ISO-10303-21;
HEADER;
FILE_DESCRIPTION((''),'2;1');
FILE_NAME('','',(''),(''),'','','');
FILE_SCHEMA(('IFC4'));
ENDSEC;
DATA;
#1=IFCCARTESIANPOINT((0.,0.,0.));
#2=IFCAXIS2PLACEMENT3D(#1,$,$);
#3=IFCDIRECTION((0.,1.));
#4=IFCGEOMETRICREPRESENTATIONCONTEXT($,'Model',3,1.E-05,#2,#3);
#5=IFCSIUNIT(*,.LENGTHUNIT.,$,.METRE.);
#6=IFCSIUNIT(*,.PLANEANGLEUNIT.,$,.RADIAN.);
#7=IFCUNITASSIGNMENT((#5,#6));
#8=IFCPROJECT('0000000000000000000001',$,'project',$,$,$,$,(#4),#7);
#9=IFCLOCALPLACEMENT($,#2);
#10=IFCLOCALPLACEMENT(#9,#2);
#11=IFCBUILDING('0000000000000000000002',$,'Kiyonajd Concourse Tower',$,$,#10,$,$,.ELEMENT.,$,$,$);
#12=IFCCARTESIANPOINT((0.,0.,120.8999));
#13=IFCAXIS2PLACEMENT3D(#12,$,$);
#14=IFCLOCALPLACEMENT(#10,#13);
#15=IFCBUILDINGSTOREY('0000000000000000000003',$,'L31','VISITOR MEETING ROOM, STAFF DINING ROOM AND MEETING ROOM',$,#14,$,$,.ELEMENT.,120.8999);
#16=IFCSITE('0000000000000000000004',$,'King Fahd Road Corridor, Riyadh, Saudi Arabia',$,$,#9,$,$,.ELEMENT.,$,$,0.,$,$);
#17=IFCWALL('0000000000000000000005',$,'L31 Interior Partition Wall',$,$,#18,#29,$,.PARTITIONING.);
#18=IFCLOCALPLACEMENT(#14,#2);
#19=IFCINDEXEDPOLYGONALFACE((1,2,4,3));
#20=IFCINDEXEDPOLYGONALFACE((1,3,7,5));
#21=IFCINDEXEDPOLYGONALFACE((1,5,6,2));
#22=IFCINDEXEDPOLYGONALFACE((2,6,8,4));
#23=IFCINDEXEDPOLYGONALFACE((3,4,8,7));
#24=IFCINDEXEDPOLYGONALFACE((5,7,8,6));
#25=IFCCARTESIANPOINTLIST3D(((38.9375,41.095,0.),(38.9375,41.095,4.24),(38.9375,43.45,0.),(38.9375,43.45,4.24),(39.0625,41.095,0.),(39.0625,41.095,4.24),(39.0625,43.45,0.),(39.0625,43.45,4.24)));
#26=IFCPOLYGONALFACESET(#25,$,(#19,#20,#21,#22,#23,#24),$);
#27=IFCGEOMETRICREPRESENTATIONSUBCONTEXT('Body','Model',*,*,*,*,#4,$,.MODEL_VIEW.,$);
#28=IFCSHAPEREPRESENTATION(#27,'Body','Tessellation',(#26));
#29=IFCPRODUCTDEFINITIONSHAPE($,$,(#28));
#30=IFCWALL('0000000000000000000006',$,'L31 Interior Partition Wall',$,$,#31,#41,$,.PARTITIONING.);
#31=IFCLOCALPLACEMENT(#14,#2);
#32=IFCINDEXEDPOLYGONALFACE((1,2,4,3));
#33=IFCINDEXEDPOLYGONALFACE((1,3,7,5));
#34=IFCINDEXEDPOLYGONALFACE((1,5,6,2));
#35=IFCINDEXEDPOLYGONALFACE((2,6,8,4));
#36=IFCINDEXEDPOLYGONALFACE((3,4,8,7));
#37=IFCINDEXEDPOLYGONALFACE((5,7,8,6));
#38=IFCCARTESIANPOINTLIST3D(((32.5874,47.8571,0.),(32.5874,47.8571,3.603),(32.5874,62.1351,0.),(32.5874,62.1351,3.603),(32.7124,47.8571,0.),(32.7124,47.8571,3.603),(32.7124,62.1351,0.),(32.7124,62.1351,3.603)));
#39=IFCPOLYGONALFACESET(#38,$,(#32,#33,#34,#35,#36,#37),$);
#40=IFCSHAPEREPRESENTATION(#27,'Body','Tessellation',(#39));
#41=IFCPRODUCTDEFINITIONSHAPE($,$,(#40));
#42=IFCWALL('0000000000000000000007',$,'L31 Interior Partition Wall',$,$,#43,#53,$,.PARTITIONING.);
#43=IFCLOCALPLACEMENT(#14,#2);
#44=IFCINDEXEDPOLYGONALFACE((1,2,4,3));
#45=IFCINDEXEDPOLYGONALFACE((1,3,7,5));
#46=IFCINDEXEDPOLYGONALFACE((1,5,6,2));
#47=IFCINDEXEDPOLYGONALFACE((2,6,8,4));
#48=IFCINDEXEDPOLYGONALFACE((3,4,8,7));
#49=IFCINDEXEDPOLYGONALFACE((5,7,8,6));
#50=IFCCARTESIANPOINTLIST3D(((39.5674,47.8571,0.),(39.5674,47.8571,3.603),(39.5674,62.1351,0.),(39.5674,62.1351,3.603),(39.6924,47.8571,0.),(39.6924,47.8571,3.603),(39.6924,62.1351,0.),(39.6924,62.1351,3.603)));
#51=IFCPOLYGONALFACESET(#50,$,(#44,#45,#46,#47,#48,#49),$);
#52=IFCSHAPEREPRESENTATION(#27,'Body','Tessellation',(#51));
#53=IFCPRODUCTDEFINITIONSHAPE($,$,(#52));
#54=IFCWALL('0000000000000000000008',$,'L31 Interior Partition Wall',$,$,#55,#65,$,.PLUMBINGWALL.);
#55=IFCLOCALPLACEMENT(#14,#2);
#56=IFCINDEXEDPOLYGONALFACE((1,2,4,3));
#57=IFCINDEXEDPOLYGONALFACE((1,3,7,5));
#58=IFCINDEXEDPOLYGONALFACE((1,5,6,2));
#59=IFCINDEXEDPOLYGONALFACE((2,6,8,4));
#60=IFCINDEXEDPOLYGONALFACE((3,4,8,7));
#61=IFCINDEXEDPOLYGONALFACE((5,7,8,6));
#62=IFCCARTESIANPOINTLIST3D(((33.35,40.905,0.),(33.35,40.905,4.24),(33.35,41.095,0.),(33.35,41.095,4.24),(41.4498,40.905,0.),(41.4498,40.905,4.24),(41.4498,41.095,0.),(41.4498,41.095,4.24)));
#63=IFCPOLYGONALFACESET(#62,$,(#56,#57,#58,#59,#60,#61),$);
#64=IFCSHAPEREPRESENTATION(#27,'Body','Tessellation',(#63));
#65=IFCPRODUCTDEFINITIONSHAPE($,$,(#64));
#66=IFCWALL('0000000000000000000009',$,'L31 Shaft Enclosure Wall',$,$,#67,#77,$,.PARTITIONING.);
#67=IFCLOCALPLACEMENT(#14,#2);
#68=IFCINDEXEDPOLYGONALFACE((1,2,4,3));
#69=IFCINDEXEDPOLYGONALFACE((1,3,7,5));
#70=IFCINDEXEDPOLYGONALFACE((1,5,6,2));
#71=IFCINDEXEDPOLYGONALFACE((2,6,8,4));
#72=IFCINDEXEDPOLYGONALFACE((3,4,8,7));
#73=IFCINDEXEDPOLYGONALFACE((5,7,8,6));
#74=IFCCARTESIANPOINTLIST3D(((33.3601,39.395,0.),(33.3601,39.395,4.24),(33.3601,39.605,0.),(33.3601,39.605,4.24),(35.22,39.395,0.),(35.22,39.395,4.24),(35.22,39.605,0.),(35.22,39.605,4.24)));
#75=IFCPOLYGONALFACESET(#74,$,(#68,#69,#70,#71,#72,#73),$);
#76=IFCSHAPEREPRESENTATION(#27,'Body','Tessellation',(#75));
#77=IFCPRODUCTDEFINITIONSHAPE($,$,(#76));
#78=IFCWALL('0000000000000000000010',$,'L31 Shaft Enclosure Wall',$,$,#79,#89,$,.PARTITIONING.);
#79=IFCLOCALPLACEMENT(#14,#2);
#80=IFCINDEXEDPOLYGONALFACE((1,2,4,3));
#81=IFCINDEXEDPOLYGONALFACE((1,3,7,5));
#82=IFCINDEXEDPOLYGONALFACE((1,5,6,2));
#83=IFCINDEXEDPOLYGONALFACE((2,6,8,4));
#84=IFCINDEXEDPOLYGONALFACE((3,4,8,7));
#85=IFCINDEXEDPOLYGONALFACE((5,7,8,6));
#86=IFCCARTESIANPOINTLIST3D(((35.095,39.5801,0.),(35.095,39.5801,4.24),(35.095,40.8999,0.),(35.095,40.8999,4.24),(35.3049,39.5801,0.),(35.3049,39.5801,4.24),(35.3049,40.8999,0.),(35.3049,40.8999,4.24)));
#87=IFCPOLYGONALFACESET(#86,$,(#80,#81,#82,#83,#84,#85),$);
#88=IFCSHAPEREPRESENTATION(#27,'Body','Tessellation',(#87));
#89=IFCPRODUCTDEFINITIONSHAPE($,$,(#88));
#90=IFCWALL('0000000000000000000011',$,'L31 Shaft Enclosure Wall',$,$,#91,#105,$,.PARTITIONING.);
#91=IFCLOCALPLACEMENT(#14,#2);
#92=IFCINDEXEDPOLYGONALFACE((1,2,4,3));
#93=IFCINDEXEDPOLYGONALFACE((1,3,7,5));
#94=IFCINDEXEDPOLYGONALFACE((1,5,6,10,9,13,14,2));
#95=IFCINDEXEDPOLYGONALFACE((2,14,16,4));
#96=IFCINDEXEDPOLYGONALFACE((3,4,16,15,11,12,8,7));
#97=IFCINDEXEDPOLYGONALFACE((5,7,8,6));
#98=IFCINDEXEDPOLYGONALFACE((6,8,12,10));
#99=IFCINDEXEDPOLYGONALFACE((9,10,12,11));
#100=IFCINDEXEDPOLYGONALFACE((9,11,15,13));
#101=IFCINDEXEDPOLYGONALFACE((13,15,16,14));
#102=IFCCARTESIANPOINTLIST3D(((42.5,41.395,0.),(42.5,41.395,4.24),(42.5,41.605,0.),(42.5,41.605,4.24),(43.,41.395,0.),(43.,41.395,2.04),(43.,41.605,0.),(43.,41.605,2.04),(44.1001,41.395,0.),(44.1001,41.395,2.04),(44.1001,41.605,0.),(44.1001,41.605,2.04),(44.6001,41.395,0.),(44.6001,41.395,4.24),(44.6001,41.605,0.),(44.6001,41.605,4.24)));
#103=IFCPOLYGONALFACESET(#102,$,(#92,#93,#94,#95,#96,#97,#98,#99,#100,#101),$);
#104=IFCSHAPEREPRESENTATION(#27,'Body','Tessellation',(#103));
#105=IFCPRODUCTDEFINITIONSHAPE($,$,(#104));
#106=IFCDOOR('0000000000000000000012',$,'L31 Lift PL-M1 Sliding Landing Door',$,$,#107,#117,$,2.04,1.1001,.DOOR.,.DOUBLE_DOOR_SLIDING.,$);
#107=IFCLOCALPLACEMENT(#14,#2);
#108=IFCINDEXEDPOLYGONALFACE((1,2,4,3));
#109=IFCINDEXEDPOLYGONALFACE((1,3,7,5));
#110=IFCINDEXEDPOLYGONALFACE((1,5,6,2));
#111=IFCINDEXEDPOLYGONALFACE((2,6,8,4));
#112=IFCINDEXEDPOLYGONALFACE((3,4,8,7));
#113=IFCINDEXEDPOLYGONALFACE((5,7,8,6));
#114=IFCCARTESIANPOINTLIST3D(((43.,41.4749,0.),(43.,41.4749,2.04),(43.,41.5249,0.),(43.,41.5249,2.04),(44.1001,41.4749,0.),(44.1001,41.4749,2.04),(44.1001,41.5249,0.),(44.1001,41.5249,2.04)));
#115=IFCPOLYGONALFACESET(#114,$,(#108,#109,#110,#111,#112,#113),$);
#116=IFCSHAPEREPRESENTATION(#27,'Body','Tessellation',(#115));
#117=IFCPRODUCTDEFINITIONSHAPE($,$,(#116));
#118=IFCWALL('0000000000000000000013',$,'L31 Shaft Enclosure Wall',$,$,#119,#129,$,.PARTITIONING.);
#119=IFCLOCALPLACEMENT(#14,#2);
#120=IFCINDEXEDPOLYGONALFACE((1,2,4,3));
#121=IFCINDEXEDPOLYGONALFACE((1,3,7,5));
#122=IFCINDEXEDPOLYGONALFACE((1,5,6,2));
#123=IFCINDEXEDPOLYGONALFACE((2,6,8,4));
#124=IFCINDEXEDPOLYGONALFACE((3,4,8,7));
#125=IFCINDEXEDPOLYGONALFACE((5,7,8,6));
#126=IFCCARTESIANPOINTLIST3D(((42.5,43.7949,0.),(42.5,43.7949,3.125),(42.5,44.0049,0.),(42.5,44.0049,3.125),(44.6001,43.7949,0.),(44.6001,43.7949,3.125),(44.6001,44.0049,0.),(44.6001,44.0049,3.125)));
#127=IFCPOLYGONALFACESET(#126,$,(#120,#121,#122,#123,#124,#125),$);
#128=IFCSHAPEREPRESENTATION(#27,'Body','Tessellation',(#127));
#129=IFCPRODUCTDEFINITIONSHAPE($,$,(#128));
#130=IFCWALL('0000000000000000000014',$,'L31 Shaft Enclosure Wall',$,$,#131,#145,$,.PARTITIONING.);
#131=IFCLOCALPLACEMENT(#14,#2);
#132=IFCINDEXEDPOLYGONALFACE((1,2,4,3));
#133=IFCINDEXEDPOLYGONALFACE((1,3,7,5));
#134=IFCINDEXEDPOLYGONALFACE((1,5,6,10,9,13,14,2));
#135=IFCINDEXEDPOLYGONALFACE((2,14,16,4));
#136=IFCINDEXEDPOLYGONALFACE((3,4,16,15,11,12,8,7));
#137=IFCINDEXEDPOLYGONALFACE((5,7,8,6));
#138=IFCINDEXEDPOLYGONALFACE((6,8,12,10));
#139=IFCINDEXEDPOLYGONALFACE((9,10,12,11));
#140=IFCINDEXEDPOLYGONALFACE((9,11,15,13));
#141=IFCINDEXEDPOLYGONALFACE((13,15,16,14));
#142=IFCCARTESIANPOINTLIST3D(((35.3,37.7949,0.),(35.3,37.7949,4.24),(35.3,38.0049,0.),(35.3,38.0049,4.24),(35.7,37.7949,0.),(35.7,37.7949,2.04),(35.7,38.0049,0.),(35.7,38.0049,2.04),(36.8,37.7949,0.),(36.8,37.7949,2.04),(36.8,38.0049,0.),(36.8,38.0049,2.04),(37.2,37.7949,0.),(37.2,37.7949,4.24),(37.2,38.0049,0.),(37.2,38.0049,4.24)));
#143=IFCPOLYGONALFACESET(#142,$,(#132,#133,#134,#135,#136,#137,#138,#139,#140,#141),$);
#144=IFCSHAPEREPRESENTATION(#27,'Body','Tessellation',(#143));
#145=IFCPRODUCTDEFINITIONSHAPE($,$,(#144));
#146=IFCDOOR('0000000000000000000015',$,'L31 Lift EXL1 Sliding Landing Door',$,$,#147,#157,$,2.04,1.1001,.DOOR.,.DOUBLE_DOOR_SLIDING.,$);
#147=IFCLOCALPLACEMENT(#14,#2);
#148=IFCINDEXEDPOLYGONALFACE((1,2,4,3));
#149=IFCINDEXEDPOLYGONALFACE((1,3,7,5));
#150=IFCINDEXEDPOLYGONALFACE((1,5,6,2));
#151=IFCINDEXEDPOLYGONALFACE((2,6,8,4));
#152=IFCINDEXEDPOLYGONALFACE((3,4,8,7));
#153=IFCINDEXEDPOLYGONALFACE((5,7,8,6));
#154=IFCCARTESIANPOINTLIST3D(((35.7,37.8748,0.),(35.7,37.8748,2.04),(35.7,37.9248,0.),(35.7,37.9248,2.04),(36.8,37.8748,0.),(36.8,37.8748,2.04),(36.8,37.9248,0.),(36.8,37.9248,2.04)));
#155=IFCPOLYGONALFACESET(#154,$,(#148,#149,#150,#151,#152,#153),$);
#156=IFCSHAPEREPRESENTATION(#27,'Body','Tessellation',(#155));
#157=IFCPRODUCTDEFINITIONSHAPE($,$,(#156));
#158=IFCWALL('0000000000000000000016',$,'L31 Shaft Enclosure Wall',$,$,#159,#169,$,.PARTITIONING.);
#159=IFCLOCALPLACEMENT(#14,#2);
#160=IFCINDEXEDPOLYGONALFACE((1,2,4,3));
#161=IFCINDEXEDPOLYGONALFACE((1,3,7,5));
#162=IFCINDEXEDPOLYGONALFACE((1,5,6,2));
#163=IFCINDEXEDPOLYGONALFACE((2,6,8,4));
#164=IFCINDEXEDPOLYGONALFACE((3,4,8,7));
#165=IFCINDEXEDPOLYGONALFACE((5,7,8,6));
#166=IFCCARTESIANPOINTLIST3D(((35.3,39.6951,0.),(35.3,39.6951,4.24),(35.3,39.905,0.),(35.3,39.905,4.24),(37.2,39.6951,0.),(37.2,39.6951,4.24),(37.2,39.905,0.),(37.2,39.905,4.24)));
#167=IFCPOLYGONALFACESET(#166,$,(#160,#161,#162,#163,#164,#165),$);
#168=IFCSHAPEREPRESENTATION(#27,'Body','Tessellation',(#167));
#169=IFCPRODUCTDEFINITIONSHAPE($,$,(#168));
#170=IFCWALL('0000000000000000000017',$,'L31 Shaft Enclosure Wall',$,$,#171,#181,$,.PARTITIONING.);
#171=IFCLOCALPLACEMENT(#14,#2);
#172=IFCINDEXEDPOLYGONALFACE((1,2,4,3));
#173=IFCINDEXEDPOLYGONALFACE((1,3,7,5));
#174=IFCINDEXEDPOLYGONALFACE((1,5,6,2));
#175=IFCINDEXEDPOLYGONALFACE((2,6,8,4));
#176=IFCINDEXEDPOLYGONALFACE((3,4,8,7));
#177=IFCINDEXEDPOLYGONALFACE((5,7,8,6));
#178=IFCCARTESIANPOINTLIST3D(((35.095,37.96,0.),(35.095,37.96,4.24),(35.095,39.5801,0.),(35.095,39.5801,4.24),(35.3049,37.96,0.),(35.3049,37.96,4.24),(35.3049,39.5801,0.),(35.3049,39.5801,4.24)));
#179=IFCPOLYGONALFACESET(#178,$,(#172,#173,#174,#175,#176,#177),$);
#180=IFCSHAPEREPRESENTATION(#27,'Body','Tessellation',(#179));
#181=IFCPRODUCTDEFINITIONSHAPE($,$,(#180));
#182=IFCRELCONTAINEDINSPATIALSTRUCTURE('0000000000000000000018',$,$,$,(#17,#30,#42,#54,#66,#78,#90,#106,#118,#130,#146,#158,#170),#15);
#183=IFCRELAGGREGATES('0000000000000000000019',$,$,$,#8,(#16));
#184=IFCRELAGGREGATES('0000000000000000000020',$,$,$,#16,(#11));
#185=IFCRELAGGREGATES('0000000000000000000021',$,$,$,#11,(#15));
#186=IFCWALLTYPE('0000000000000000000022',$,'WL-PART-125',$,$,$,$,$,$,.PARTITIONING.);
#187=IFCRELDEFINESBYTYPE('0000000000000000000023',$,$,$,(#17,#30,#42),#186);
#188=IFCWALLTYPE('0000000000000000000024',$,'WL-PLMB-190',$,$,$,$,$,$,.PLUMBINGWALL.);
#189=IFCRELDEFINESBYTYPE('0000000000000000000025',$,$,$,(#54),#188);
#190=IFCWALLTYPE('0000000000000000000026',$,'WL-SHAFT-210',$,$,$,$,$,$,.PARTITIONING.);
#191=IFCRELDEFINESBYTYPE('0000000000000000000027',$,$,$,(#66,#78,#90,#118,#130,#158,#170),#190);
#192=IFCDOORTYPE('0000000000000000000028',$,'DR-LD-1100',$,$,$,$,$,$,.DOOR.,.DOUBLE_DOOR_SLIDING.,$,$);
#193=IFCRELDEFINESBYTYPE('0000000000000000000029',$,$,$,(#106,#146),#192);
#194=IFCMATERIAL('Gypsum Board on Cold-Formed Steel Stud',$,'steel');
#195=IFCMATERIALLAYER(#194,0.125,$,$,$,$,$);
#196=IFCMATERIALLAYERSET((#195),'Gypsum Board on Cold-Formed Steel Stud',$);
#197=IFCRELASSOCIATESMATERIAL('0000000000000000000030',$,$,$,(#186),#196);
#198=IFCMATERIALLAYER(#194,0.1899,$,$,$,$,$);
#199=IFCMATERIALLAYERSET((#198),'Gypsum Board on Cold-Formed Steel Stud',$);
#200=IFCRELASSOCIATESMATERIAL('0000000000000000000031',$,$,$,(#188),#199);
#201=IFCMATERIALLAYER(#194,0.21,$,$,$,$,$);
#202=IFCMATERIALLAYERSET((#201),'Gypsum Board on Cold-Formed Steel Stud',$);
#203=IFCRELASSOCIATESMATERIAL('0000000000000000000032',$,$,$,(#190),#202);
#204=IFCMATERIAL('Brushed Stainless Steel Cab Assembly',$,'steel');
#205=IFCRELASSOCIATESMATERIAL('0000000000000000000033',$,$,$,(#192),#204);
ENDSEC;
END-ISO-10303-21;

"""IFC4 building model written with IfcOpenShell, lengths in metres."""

from ifc_helpers import new_model, si_unit, direction, frame, frame_2d, origin, place, context, subcontext, project, spatial, rectangle, extrude, material, layer, layer_set, type_object, element, fill, save


model = new_model("IFC4")

# Units and contexts
model_context = context("Model", 3, precision=1e-05, world=origin(), true_north=direction((0.0, 1.0)))
body_context = subcontext(model_context, "Body", "Model", "MODEL_VIEW")
ifc_project = project(units=[si_unit("LENGTHUNIT", "METRE"), si_unit("PLANEANGLEUNIT", "RADIAN")], contexts=[model_context])

# Site, building, storey
site_placement = place(None, origin())
site = spatial("IfcSite", under=ifc_project, at=site_placement, Name="King Fahd Road Corridor, Riyadh, Saudi Arabia", CompositionType="ELEMENT", RefElevation=0.0)
building_placement = place(site_placement, origin())
building = spatial("IfcBuilding", under=site, at=building_placement, Name="Kiyonajd Concourse Tower", CompositionType="ELEMENT")
storey_placement = place(building_placement, frame((0.0, 0.0, 120.8999)))
storey = spatial("IfcBuildingStorey", under=building, at=storey_placement, Name="L31", Description="VISITOR MEETING ROOM, STAFF DINING ROOM AND MEETING ROOM", CompositionType="ELEMENT", Elevation=120.8999)

# Walls
ifc_material_1 = material(Name="Gypsum Board on Cold-Formed Steel Stud", Category="steel")
ifc_layer_1 = layer(ifc_material_1, 0.125)
ifc_layer_set_1 = layer_set([ifc_layer_1], Name="Gypsum Board on Cold-Formed Steel Stud")
wall_type_1 = type_object("IfcWallType", Name="WL-PART-125", PredefinedType="PARTITIONING", material=ifc_layer_set_1)
for number, where, z_axis, x_axis, name in (
    (1, (39.0, 41.095, 0.0), (0.0, 0.0, 1.0), (0.0, 1.0, 0.0), "L31 Interior Partition Wall"),
):
    element("IfcWall", number, at=place(storey_placement, frame(where, z_axis=z_axis, x_axis=x_axis)), inside=storey, type_object=wall_type_1, Name=name, PredefinedType="PARTITIONING", context=body_context, shape_type="SweptSolid", body=[
        extrude(rectangle(XDim=2.355, YDim=0.125, at=frame_2d((1.1775, 0.0))), origin(), (0.0, 0.0, 1.0), 4.24),
    ])
for number, where, z_axis, x_axis, name in (
    (2, (32.6499, 47.8569, 0.0), (0.0, 0.0, 1.0), (0.0, 1.0, 0.0), "L31 Interior Partition Wall"),
    (3, (39.6299, 47.8569, 0.0), (0.0, 0.0, 1.0), (0.0, 1.0, 0.0), "L31 Interior Partition Wall"),
):
    element("IfcWall", number, at=place(storey_placement, frame(where, z_axis=z_axis, x_axis=x_axis)), inside=storey, type_object=wall_type_1, Name=name, PredefinedType="PARTITIONING", context=body_context, shape_type="SweptSolid", body=[
        extrude(rectangle(XDim=14.2781, YDim=0.125, at=frame_2d((7.1392, 0.0))), origin(), (0.0, 0.0, 1.0), 3.603),
    ])
ifc_layer_2 = layer(ifc_material_1, 0.1899)
ifc_layer_set_2 = layer_set([ifc_layer_2], Name="Gypsum Board on Cold-Formed Steel Stud")
wall_type_2 = type_object("IfcWallType", Name="WL-PLMB-190", PredefinedType="PLUMBINGWALL", material=ifc_layer_set_2)
wall_1_placement = place(storey_placement, frame((33.3501, 41.0, 0.0), z_axis=(0.0, 0.0, 1.0), x_axis=(1.0, 0.0, 0.0)))
element("IfcWall", 4, at=wall_1_placement, inside=storey, type_object=wall_type_2, Name="L31 Interior Partition Wall", PredefinedType="PLUMBINGWALL", context=body_context, shape_type="SweptSolid", body=[
    extrude(rectangle(XDim=8.0999, YDim=0.1899, at=frame_2d((4.0498, 0.0))), origin(), (0.0, 0.0, 1.0), 4.24),
])
ifc_layer_3 = layer(ifc_material_1, 0.21)
ifc_layer_set_3 = layer_set([ifc_layer_3], Name="Gypsum Board on Cold-Formed Steel Stud")
wall_type_3 = type_object("IfcWallType", Name="WL-SHAFT-210", PredefinedType="PARTITIONING", material=ifc_layer_set_3)
wall_2_placement = place(storey_placement, frame((33.3601, 39.5, 0.0), z_axis=(0.0, 0.0, 1.0), x_axis=(1.0, 0.0, 0.0)))
element("IfcWall", 5, at=wall_2_placement, inside=storey, type_object=wall_type_3, Name="L31 Shaft Enclosure Wall", PredefinedType="PARTITIONING", context=body_context, shape_type="SweptSolid", body=[
    extrude(rectangle(XDim=1.8599, YDim=0.21, at=frame_2d((0.9299, 0.0))), origin(), (0.0, 0.0, 1.0), 4.24),
])
wall_3_placement = place(storey_placement, frame((35.2, 39.5801, 0.0), z_axis=(0.0, 0.0, 1.0), x_axis=(0.0, 1.0, 0.0)))
element("IfcWall", 6, at=wall_3_placement, inside=storey, type_object=wall_type_3, Name="L31 Shaft Enclosure Wall", PredefinedType="PARTITIONING", context=body_context, shape_type="SweptSolid", body=[
    extrude(rectangle(XDim=1.3198, YDim=0.21, at=frame_2d((0.6599, 0.0))), origin(), (0.0, 0.0, 1.0), 4.24),
])

# Wall, opening, door
wall_4_placement = place(storey_placement, frame((42.5, 41.5, 0.0), z_axis=(0.0, 0.0, 1.0), x_axis=(1.0, 0.0, 0.0)))
wall_4 = element("IfcWall", 7, at=wall_4_placement, inside=storey, type_object=wall_type_3, Name="L31 Shaft Enclosure Wall", PredefinedType="PARTITIONING", context=body_context, shape_type="SweptSolid", body=[
    extrude(rectangle(XDim=2.1001, YDim=0.21, at=frame_2d((1.05, 0.0))), origin(), (0.0, 0.0, 1.0), 4.24),
])
opening_1_placement = place(wall_4_placement, frame((0.5, 0.0, 0.0)))
opening_1 = element("IfcOpeningElement", 8, at=opening_1_placement, cuts=wall_4, PredefinedType="OPENING", context=body_context, shape_type="SweptSolid", body=[
    extrude(rectangle(XDim=1.1001, YDim=2.04, at=frame_2d((0.55, 1.02))), frame((0.0, 0.115, 0.0), z_axis=(0.0, -1.0, 0.0), x_axis=(1.0, 0.0, 0.0)), (0.0, 0.0, 1.0), 0.23),
])
ifc_material_2 = material(Name="Brushed Stainless Steel Cab Assembly", Category="steel")
door_type_1 = type_object("IfcDoorType", Name="DR-LD-1100", OperationType="DOUBLE_DOOR_SLIDING", PredefinedType="DOOR", material=ifc_material_2)
door_1_placement = place(opening_1_placement, origin())
door_1 = element("IfcDoor", 9, at=door_1_placement, inside=storey, type_object=door_type_1, Name="L31 Lift PL-M1 Sliding Landing Door", OperationType="DOUBLE_DOOR_SLIDING", OverallHeight=2.04, OverallWidth=1.1001, PredefinedType="DOOR", context=body_context, shape_type="SweptSolid", body=[
    extrude(rectangle(XDim=1.1001, YDim=2.04, at=frame_2d((0.55, 1.02))), frame((0.0, 0.0249, 0.0), z_axis=(0.0, -1.0, 0.0), x_axis=(1.0, 0.0, 0.0)), (0.0, 0.0, 1.0), 0.05),
])
fill(opening_1, door_1)

# Wall
wall_5_placement = place(storey_placement, frame((42.5, 43.8999, 0.0), z_axis=(0.0, 0.0, 1.0), x_axis=(1.0, 0.0, 0.0)))
element("IfcWall", 10, at=wall_5_placement, inside=storey, type_object=wall_type_3, Name="L31 Shaft Enclosure Wall", PredefinedType="PARTITIONING", context=body_context, shape_type="SweptSolid", body=[
    extrude(rectangle(XDim=2.1001, YDim=0.21, at=frame_2d((1.05, 0.0))), origin(), (0.0, 0.0, 1.0), 3.125),
])

# Wall, opening, door
wall_6_placement = place(storey_placement, frame((35.3, 37.8999, 0.0), z_axis=(0.0, 0.0, 1.0), x_axis=(1.0, 0.0, 0.0)))
wall_6 = element("IfcWall", 11, at=wall_6_placement, inside=storey, type_object=wall_type_3, Name="L31 Shaft Enclosure Wall", PredefinedType="PARTITIONING", context=body_context, shape_type="SweptSolid", body=[
    extrude(rectangle(XDim=1.8999, YDim=0.21, at=frame_2d((0.95, 0.0))), origin(), (0.0, 0.0, 1.0), 4.24),
])
opening_2_placement = place(wall_6_placement, frame((0.3999, 0.0, 0.0)))
opening_2 = element("IfcOpeningElement", 12, at=opening_2_placement, cuts=wall_6, PredefinedType="OPENING", context=body_context, shape_type="SweptSolid", body=[
    extrude(rectangle(XDim=1.1001, YDim=2.04, at=frame_2d((0.55, 1.02))), frame((0.0, 0.115, 0.0), z_axis=(0.0, -1.0, 0.0), x_axis=(1.0, 0.0, 0.0)), (0.0, 0.0, 1.0), 0.23),
])
door_2_placement = place(opening_2_placement, origin())
door_2 = element("IfcDoor", 13, at=door_2_placement, inside=storey, type_object=door_type_1, Name="L31 Lift EXL1 Sliding Landing Door", OperationType="DOUBLE_DOOR_SLIDING", OverallHeight=2.04, OverallWidth=1.1001, PredefinedType="DOOR", context=body_context, shape_type="SweptSolid", body=[
    extrude(rectangle(XDim=1.1001, YDim=2.04, at=frame_2d((0.55, 1.02))), frame((0.0, 0.0249, 0.0), z_axis=(0.0, -1.0, 0.0), x_axis=(1.0, 0.0, 0.0)), (0.0, 0.0, 1.0), 0.05),
])
fill(opening_2, door_2)

# Walls
wall_7_placement = place(storey_placement, frame((35.3, 39.8, 0.0), z_axis=(0.0, 0.0, 1.0), x_axis=(1.0, 0.0, 0.0)))
element("IfcWall", 14, at=wall_7_placement, inside=storey, type_object=wall_type_3, Name="L31 Shaft Enclosure Wall", PredefinedType="PARTITIONING", context=body_context, shape_type="SweptSolid", body=[
    extrude(rectangle(XDim=1.8999, YDim=0.21, at=frame_2d((0.95, 0.0))), origin(), (0.0, 0.0, 1.0), 4.24),
])
wall_8_placement = place(storey_placement, frame((35.2, 37.96, 0.0), z_axis=(0.0, 0.0, 1.0), x_axis=(0.0, 1.0, 0.0)))
element("IfcWall", 15, at=wall_8_placement, inside=storey, type_object=wall_type_3, Name="L31 Shaft Enclosure Wall", PredefinedType="PARTITIONING", context=body_context, shape_type="SweptSolid", body=[
    extrude(rectangle(XDim=1.6201, YDim=0.21, at=frame_2d((0.8101, 0.0))), origin(), (0.0, 0.0, 1.0), 4.24),
])

save(model, "model.ifc")
